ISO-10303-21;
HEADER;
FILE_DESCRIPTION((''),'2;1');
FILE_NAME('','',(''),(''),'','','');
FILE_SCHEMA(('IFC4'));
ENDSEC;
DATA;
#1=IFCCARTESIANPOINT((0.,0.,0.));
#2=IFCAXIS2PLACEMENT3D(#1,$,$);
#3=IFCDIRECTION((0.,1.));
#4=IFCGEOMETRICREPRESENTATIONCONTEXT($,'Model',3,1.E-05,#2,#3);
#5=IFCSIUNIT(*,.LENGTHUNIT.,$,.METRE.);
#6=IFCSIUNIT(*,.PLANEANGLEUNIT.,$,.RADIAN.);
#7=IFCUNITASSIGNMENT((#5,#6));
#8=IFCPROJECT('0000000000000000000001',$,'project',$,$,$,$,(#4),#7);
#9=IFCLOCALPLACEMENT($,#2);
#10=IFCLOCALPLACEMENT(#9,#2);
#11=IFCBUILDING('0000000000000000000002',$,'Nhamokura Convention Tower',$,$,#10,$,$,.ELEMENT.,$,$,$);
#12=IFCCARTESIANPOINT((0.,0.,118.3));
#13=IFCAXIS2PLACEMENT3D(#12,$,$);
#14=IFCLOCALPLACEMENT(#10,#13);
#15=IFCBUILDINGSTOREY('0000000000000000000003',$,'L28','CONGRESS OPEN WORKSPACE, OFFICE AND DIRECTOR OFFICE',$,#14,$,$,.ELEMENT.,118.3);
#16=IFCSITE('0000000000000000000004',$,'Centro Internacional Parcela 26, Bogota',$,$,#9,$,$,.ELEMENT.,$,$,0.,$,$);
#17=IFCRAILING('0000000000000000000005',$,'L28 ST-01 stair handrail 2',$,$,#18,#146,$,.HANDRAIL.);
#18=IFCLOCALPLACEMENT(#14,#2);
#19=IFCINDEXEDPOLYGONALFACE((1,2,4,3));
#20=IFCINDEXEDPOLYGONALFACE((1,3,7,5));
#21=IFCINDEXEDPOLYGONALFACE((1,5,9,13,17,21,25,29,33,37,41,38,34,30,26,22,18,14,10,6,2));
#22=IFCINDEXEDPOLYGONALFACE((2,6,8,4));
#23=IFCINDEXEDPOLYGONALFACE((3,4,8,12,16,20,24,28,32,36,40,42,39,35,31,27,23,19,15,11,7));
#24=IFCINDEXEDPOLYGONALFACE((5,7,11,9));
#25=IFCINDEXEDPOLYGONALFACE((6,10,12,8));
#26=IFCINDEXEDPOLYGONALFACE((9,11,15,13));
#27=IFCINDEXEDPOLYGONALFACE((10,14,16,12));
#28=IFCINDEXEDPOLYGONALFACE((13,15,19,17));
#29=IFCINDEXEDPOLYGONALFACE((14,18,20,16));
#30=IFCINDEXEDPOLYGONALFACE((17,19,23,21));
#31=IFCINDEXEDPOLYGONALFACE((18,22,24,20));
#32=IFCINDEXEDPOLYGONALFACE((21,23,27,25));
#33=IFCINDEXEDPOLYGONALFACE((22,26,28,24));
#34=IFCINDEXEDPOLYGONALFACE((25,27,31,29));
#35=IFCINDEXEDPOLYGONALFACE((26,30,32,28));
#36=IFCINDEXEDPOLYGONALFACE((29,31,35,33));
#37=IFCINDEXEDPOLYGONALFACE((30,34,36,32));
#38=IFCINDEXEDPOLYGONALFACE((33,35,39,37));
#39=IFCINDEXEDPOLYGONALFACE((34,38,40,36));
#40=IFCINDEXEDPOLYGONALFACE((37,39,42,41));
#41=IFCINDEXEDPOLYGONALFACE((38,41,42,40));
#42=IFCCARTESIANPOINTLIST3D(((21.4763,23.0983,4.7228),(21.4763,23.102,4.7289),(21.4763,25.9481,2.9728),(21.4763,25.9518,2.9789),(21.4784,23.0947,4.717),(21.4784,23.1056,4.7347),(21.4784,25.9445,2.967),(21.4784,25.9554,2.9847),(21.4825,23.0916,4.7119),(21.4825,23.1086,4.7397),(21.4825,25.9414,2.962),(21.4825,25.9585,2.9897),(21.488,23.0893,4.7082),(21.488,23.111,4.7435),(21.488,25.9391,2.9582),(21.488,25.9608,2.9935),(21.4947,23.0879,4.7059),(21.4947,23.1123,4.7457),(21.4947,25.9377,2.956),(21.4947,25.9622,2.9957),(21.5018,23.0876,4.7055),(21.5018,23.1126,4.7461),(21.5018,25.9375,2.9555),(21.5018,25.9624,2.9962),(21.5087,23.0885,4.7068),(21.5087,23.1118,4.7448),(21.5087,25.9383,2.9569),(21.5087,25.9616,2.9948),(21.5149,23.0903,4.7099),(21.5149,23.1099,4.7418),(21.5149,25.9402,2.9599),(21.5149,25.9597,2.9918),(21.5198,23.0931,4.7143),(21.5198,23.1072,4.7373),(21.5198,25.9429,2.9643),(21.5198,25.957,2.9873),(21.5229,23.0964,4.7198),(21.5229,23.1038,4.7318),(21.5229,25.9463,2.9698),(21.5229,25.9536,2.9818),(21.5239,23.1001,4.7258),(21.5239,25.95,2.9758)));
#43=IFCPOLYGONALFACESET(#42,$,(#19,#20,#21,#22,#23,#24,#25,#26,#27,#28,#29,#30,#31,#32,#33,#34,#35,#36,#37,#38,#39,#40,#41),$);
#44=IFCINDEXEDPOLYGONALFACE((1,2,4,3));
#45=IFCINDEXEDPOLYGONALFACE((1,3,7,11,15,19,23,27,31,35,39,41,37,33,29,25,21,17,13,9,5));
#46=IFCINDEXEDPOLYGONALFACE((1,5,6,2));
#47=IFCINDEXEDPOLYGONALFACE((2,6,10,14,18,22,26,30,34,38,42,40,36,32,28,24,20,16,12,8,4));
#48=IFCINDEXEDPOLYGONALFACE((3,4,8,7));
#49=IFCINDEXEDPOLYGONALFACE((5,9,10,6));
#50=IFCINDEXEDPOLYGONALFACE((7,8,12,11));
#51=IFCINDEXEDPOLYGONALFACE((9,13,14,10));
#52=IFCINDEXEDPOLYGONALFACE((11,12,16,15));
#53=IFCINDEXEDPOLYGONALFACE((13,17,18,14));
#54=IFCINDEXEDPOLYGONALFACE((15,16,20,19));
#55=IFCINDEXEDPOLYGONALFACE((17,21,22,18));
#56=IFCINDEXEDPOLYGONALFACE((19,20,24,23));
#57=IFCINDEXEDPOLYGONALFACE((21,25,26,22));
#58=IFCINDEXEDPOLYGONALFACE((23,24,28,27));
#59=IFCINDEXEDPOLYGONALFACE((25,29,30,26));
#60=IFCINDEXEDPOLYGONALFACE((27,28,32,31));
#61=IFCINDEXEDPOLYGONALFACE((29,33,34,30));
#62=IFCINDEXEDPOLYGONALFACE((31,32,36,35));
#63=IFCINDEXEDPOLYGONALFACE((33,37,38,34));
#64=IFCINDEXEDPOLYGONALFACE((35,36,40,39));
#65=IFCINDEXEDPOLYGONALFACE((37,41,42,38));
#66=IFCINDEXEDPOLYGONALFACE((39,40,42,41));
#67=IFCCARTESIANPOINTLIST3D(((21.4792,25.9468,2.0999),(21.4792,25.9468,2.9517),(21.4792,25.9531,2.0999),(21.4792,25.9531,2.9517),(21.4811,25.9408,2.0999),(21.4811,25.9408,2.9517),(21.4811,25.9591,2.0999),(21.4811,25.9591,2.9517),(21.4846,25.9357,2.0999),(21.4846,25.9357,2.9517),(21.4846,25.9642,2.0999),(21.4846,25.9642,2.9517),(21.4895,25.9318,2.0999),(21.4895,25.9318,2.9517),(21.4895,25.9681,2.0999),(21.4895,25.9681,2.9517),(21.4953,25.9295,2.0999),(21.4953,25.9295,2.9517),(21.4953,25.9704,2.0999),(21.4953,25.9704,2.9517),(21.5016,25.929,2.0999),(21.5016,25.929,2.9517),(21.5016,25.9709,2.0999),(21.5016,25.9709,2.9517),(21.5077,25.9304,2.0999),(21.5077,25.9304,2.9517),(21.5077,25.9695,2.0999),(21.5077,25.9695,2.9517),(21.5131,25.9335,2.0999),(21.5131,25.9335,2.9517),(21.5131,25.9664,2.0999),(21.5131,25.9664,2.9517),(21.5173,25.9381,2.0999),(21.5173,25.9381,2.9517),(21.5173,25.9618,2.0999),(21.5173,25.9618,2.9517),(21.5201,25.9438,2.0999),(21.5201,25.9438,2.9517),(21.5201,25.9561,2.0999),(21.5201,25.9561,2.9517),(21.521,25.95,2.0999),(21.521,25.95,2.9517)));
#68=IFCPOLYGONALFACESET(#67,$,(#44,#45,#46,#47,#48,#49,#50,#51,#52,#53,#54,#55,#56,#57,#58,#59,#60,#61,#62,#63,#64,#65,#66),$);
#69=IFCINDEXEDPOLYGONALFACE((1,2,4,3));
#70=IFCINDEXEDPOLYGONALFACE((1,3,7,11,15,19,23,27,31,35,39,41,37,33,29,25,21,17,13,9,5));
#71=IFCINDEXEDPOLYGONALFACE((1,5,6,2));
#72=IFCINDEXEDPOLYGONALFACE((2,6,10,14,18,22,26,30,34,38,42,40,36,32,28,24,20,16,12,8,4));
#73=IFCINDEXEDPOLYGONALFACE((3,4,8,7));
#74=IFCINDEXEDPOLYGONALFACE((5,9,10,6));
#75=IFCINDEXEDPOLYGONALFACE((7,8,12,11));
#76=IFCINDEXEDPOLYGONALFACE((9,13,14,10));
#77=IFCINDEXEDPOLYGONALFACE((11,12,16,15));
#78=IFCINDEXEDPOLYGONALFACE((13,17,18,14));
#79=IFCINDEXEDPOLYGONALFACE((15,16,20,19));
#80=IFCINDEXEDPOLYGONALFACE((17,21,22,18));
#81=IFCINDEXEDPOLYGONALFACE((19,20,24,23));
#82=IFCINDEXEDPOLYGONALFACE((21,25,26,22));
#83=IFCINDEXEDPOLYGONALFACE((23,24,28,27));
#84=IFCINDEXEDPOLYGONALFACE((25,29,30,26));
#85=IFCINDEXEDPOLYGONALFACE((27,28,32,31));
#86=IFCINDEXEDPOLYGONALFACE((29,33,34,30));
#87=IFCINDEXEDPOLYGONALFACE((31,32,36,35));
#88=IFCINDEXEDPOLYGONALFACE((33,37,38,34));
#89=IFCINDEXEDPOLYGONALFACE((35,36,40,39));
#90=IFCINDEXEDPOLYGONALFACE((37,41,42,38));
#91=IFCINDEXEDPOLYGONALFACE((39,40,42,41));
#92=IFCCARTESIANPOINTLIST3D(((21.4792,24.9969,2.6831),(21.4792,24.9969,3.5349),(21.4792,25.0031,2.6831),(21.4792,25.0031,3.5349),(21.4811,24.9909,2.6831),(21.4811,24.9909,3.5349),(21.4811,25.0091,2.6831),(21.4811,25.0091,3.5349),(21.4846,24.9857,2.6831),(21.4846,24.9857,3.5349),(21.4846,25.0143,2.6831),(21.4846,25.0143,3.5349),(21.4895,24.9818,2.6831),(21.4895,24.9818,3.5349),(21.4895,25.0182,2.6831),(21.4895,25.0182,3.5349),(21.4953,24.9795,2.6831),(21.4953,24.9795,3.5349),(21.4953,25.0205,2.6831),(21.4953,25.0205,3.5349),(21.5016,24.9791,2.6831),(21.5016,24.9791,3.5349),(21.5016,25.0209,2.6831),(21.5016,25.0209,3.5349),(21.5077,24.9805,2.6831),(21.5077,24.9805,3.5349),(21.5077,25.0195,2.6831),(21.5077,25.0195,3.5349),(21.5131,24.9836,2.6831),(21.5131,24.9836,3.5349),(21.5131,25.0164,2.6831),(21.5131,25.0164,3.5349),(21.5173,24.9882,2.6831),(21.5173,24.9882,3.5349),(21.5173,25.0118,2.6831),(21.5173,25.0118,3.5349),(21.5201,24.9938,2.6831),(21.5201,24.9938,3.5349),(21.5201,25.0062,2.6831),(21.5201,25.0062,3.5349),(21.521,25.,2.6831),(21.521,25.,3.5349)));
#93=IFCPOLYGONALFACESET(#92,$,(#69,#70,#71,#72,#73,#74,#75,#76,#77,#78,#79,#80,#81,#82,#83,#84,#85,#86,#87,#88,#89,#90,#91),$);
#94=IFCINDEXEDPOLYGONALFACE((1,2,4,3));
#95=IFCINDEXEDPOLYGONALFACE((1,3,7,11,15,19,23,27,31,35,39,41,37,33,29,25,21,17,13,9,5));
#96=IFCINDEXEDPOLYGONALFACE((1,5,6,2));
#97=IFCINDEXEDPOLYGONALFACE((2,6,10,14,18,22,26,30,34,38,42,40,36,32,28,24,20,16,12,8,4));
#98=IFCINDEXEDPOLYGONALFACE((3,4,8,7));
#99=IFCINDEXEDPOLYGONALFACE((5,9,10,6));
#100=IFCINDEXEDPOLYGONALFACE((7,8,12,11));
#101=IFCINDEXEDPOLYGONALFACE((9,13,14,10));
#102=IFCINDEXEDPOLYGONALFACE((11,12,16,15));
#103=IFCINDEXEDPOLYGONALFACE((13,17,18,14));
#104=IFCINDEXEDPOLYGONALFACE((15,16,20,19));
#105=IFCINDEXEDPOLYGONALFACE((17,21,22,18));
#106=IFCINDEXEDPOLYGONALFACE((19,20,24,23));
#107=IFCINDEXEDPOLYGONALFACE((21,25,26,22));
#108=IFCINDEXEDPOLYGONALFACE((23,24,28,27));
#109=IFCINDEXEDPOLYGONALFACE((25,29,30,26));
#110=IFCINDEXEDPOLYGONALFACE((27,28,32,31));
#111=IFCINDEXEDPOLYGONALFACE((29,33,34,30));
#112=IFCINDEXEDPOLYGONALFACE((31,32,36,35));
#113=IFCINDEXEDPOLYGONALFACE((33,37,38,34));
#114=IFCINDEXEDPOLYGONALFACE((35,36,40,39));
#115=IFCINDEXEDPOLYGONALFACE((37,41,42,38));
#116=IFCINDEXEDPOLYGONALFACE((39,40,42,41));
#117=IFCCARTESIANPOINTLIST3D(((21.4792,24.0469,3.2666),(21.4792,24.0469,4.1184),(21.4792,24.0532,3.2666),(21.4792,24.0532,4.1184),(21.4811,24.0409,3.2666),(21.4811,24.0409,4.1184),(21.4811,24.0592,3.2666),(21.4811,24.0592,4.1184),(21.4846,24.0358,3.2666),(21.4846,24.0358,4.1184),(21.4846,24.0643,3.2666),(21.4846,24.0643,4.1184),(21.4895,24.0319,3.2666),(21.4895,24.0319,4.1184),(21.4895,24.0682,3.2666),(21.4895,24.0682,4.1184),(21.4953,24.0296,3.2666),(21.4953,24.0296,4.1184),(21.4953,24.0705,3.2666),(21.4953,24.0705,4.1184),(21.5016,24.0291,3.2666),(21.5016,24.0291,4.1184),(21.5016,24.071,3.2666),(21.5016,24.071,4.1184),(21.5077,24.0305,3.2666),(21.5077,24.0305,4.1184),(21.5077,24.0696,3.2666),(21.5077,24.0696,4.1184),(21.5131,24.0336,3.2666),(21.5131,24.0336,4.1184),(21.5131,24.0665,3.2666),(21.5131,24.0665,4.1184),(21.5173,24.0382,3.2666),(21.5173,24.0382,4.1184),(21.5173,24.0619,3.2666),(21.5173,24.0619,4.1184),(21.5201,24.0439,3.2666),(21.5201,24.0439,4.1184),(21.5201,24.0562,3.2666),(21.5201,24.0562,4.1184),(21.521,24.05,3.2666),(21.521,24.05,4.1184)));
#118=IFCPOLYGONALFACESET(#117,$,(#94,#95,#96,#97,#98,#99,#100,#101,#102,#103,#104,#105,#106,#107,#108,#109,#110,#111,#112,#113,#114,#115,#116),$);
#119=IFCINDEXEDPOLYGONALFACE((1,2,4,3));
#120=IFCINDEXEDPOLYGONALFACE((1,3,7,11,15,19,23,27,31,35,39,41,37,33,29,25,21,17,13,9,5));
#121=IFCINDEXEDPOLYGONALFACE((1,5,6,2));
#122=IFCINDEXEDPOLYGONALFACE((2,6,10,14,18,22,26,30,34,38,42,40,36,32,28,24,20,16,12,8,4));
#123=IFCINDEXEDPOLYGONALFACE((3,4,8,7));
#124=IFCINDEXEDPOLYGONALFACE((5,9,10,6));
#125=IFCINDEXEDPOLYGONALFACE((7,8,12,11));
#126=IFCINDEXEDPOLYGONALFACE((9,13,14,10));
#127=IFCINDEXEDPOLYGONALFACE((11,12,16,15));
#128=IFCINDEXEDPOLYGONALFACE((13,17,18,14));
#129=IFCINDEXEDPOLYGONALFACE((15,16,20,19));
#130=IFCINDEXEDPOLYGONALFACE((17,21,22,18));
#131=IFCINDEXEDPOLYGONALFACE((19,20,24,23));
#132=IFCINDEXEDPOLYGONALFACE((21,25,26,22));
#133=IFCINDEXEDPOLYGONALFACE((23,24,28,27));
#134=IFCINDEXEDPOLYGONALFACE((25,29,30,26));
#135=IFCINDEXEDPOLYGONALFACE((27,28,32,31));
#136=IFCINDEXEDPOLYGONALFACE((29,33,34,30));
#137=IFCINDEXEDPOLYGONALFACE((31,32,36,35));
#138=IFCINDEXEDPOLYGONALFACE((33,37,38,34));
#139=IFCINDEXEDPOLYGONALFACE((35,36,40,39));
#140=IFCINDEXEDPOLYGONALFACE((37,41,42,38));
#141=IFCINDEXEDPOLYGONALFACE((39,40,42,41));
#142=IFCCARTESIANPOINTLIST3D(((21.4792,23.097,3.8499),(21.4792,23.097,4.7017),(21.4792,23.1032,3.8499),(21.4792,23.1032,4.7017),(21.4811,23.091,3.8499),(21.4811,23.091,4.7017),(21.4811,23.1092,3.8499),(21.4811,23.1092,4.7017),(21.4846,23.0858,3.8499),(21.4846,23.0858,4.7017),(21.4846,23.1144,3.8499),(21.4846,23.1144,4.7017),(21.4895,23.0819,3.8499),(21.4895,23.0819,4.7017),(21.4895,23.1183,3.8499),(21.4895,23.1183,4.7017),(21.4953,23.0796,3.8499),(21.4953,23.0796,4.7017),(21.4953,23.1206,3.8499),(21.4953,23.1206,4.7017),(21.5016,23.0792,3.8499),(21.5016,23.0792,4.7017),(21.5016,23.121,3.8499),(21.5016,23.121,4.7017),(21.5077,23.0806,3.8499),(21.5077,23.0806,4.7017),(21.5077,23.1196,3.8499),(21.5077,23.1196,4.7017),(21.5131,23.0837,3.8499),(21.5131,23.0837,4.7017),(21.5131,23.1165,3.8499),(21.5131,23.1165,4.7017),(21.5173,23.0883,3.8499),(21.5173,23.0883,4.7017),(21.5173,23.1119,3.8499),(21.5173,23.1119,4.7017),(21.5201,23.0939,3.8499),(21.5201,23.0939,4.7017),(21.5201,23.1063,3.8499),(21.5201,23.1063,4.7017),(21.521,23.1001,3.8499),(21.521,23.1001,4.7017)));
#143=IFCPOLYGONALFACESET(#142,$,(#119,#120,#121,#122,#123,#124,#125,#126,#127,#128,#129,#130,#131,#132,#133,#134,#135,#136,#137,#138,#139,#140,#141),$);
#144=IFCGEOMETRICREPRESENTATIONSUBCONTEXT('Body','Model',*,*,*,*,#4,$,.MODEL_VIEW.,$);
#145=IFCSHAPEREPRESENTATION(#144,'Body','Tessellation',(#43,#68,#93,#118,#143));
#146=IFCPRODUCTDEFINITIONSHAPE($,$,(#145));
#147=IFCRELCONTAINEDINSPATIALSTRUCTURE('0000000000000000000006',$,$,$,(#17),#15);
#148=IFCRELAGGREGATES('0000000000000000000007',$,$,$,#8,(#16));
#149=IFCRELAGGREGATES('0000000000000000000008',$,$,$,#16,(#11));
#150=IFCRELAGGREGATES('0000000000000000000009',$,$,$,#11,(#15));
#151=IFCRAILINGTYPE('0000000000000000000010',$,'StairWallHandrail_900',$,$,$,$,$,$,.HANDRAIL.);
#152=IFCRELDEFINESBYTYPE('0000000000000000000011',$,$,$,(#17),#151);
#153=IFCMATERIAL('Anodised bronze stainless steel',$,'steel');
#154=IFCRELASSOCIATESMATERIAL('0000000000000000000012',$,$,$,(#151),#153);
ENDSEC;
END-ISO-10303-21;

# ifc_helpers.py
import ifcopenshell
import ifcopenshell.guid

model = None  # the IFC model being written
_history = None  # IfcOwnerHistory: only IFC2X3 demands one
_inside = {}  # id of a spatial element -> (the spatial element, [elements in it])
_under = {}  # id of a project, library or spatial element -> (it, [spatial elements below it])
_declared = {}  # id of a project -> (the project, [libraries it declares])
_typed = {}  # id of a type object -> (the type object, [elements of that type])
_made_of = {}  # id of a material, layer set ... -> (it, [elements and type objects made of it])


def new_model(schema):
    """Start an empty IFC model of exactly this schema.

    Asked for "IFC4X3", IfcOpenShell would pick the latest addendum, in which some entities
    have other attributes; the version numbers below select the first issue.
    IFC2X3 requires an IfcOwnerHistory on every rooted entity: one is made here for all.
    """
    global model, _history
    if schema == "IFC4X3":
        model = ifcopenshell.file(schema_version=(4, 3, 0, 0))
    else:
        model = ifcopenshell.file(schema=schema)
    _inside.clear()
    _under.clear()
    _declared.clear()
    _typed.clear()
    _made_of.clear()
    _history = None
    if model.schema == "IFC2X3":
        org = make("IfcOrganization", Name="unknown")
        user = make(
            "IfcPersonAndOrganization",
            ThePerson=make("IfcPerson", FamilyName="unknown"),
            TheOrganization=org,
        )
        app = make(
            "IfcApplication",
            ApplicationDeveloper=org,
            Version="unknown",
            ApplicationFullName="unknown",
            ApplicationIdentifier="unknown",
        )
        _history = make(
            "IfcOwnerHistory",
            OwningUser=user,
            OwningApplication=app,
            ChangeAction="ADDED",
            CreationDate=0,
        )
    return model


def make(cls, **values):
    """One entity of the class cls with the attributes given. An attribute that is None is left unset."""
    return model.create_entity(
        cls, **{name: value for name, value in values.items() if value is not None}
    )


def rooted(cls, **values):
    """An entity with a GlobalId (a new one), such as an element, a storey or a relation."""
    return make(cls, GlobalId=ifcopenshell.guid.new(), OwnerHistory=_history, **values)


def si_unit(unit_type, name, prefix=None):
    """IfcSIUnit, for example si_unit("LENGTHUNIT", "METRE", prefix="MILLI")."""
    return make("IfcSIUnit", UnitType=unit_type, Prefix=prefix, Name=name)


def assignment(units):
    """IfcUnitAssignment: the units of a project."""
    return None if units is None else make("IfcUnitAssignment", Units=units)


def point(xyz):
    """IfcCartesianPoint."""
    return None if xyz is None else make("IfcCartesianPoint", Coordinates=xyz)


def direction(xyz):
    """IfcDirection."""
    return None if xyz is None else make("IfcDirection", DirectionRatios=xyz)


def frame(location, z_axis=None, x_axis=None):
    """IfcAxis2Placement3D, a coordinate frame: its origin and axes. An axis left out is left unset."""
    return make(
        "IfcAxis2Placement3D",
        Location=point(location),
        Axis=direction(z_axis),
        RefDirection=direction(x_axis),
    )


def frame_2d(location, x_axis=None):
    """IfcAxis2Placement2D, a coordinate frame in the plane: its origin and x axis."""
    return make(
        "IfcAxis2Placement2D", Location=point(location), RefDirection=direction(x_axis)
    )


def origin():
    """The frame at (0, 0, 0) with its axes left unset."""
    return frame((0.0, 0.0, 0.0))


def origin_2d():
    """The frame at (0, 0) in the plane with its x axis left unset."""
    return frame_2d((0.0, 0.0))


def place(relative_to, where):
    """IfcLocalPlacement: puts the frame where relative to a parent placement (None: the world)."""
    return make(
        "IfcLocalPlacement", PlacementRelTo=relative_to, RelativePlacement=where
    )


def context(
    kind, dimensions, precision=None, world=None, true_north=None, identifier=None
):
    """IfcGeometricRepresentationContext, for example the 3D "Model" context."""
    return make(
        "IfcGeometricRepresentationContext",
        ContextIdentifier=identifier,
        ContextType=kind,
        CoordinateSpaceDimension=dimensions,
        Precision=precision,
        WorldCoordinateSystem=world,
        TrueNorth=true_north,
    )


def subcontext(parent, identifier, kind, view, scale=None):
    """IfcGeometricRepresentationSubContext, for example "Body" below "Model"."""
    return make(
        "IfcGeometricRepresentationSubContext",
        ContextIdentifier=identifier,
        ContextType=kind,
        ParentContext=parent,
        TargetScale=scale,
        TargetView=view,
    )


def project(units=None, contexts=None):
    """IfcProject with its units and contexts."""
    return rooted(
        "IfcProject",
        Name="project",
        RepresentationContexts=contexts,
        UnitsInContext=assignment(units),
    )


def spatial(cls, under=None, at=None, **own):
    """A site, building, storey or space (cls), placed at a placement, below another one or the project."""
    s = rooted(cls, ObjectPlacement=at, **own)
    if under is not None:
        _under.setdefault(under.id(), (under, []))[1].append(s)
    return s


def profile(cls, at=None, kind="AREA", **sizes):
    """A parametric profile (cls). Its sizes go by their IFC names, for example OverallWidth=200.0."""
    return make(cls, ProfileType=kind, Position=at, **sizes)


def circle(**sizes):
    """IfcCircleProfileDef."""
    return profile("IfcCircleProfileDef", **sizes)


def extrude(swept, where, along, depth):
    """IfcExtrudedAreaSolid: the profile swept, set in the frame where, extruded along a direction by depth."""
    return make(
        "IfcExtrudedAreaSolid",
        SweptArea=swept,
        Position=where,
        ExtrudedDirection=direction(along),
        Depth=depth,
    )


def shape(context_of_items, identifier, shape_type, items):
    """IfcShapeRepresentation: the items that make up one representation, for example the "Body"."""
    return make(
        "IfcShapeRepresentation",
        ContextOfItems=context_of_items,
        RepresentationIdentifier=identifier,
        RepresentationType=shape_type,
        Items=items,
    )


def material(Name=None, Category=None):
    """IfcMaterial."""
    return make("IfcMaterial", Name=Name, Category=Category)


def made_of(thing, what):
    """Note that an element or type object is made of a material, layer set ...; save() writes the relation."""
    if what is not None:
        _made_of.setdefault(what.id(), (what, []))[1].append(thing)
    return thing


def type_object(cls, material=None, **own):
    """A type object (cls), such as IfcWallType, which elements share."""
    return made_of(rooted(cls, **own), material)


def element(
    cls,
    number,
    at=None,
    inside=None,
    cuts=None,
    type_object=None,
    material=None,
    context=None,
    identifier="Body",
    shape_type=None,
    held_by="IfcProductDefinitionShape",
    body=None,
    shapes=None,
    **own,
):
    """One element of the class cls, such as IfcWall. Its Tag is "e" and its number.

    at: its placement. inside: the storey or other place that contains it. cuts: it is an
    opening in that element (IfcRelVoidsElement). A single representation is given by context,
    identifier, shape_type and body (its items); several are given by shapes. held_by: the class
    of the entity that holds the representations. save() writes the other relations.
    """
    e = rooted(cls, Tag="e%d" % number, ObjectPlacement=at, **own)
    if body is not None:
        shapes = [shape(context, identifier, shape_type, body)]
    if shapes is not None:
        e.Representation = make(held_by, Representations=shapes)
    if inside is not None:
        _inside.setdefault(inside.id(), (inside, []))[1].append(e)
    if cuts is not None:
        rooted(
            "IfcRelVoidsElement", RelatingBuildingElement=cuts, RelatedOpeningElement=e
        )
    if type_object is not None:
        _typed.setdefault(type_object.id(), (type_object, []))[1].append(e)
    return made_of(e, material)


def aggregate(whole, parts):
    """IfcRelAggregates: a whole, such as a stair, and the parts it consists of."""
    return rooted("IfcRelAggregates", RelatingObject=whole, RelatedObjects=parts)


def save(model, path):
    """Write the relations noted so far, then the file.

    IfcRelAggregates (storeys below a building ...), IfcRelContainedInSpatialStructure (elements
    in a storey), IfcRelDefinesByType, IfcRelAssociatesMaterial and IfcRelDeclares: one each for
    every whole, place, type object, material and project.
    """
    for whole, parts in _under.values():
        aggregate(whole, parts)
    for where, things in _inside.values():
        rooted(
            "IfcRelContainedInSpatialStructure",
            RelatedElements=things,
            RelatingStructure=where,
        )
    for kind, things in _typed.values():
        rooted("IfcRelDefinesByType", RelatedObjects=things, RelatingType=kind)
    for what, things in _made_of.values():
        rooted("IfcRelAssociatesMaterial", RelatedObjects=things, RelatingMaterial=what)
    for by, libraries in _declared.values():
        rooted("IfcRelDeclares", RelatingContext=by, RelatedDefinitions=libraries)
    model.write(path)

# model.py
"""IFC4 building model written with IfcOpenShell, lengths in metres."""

from ifc_helpers import new_model, si_unit, direction, frame, origin, origin_2d, place, context, subcontext, project, spatial, circle, extrude, material, type_object, element, save


model = new_model("IFC4")

# Units and contexts
model_context = context("Model", 3, precision=1e-05, world=origin(), true_north=direction((0.0, 1.0)))
body_context = subcontext(model_context, "Body", "Model", "MODEL_VIEW")
ifc_project = project(units=[si_unit("LENGTHUNIT", "METRE"), si_unit("PLANEANGLEUNIT", "RADIAN")], contexts=[model_context])

# Site, building, storey
site_placement = place(None, origin())
site = spatial("IfcSite", under=ifc_project, at=site_placement, Name="Centro Internacional Parcela 26, Bogota", CompositionType="ELEMENT", RefElevation=0.0)
building_placement = place(site_placement, origin())
building = spatial("IfcBuilding", under=site, at=building_placement, Name="Nhamokura Convention Tower", CompositionType="ELEMENT")
storey_placement = place(building_placement, frame((0.0, 0.0, 118.3)))
storey = spatial("IfcBuildingStorey", under=building, at=storey_placement, Name="L28", Description="CONGRESS OPEN WORKSPACE, OFFICE AND DIRECTOR OFFICE", CompositionType="ELEMENT", Elevation=118.3)

# Railing
ifc_material_1 = material(Name="Anodised bronze stainless steel", Category="steel")
railing_type_1 = type_object("IfcRailingType", Name="StairWallHandrail_900", PredefinedType="HANDRAIL", material=ifc_material_1)
railing_1_placement = place(storey_placement, frame((21.5, 25.95, 2.0999)))
element("IfcRailing", 1, at=railing_1_placement, inside=storey, type_object=railing_type_1, Name="L28 ST-01 stair handrail 2", PredefinedType="HANDRAIL", context=body_context, shape_type="SweptSolid", body=[
    extrude(circle(Radius=0.0239, at=origin_2d()), frame((0.0, 0.0, 0.876), z_axis=(0.0, -0.852159, 0.523283), x_axis=(1.0, 0.0, 0.0)), (0.0, 0.0, 1.0), 3.3442),
    extrude(circle(Radius=0.021, at=origin_2d()), origin(), (0.0, 0.0, 1.0), 0.8518),
    extrude(circle(Radius=0.021, at=origin_2d()), frame((0.0, -0.95, 0.5833)), (0.0, 0.0, 1.0), 0.8518),
    extrude(circle(Radius=0.021, at=origin_2d()), frame((0.0, -1.8999, 1.1667)), (0.0, 0.0, 1.0), 0.8518),
    extrude(circle(Radius=0.021, at=origin_2d()), frame((0.0, -2.8499, 1.75)), (0.0, 0.0, 1.0), 0.8518),
])

save(model, "model.ifc")
